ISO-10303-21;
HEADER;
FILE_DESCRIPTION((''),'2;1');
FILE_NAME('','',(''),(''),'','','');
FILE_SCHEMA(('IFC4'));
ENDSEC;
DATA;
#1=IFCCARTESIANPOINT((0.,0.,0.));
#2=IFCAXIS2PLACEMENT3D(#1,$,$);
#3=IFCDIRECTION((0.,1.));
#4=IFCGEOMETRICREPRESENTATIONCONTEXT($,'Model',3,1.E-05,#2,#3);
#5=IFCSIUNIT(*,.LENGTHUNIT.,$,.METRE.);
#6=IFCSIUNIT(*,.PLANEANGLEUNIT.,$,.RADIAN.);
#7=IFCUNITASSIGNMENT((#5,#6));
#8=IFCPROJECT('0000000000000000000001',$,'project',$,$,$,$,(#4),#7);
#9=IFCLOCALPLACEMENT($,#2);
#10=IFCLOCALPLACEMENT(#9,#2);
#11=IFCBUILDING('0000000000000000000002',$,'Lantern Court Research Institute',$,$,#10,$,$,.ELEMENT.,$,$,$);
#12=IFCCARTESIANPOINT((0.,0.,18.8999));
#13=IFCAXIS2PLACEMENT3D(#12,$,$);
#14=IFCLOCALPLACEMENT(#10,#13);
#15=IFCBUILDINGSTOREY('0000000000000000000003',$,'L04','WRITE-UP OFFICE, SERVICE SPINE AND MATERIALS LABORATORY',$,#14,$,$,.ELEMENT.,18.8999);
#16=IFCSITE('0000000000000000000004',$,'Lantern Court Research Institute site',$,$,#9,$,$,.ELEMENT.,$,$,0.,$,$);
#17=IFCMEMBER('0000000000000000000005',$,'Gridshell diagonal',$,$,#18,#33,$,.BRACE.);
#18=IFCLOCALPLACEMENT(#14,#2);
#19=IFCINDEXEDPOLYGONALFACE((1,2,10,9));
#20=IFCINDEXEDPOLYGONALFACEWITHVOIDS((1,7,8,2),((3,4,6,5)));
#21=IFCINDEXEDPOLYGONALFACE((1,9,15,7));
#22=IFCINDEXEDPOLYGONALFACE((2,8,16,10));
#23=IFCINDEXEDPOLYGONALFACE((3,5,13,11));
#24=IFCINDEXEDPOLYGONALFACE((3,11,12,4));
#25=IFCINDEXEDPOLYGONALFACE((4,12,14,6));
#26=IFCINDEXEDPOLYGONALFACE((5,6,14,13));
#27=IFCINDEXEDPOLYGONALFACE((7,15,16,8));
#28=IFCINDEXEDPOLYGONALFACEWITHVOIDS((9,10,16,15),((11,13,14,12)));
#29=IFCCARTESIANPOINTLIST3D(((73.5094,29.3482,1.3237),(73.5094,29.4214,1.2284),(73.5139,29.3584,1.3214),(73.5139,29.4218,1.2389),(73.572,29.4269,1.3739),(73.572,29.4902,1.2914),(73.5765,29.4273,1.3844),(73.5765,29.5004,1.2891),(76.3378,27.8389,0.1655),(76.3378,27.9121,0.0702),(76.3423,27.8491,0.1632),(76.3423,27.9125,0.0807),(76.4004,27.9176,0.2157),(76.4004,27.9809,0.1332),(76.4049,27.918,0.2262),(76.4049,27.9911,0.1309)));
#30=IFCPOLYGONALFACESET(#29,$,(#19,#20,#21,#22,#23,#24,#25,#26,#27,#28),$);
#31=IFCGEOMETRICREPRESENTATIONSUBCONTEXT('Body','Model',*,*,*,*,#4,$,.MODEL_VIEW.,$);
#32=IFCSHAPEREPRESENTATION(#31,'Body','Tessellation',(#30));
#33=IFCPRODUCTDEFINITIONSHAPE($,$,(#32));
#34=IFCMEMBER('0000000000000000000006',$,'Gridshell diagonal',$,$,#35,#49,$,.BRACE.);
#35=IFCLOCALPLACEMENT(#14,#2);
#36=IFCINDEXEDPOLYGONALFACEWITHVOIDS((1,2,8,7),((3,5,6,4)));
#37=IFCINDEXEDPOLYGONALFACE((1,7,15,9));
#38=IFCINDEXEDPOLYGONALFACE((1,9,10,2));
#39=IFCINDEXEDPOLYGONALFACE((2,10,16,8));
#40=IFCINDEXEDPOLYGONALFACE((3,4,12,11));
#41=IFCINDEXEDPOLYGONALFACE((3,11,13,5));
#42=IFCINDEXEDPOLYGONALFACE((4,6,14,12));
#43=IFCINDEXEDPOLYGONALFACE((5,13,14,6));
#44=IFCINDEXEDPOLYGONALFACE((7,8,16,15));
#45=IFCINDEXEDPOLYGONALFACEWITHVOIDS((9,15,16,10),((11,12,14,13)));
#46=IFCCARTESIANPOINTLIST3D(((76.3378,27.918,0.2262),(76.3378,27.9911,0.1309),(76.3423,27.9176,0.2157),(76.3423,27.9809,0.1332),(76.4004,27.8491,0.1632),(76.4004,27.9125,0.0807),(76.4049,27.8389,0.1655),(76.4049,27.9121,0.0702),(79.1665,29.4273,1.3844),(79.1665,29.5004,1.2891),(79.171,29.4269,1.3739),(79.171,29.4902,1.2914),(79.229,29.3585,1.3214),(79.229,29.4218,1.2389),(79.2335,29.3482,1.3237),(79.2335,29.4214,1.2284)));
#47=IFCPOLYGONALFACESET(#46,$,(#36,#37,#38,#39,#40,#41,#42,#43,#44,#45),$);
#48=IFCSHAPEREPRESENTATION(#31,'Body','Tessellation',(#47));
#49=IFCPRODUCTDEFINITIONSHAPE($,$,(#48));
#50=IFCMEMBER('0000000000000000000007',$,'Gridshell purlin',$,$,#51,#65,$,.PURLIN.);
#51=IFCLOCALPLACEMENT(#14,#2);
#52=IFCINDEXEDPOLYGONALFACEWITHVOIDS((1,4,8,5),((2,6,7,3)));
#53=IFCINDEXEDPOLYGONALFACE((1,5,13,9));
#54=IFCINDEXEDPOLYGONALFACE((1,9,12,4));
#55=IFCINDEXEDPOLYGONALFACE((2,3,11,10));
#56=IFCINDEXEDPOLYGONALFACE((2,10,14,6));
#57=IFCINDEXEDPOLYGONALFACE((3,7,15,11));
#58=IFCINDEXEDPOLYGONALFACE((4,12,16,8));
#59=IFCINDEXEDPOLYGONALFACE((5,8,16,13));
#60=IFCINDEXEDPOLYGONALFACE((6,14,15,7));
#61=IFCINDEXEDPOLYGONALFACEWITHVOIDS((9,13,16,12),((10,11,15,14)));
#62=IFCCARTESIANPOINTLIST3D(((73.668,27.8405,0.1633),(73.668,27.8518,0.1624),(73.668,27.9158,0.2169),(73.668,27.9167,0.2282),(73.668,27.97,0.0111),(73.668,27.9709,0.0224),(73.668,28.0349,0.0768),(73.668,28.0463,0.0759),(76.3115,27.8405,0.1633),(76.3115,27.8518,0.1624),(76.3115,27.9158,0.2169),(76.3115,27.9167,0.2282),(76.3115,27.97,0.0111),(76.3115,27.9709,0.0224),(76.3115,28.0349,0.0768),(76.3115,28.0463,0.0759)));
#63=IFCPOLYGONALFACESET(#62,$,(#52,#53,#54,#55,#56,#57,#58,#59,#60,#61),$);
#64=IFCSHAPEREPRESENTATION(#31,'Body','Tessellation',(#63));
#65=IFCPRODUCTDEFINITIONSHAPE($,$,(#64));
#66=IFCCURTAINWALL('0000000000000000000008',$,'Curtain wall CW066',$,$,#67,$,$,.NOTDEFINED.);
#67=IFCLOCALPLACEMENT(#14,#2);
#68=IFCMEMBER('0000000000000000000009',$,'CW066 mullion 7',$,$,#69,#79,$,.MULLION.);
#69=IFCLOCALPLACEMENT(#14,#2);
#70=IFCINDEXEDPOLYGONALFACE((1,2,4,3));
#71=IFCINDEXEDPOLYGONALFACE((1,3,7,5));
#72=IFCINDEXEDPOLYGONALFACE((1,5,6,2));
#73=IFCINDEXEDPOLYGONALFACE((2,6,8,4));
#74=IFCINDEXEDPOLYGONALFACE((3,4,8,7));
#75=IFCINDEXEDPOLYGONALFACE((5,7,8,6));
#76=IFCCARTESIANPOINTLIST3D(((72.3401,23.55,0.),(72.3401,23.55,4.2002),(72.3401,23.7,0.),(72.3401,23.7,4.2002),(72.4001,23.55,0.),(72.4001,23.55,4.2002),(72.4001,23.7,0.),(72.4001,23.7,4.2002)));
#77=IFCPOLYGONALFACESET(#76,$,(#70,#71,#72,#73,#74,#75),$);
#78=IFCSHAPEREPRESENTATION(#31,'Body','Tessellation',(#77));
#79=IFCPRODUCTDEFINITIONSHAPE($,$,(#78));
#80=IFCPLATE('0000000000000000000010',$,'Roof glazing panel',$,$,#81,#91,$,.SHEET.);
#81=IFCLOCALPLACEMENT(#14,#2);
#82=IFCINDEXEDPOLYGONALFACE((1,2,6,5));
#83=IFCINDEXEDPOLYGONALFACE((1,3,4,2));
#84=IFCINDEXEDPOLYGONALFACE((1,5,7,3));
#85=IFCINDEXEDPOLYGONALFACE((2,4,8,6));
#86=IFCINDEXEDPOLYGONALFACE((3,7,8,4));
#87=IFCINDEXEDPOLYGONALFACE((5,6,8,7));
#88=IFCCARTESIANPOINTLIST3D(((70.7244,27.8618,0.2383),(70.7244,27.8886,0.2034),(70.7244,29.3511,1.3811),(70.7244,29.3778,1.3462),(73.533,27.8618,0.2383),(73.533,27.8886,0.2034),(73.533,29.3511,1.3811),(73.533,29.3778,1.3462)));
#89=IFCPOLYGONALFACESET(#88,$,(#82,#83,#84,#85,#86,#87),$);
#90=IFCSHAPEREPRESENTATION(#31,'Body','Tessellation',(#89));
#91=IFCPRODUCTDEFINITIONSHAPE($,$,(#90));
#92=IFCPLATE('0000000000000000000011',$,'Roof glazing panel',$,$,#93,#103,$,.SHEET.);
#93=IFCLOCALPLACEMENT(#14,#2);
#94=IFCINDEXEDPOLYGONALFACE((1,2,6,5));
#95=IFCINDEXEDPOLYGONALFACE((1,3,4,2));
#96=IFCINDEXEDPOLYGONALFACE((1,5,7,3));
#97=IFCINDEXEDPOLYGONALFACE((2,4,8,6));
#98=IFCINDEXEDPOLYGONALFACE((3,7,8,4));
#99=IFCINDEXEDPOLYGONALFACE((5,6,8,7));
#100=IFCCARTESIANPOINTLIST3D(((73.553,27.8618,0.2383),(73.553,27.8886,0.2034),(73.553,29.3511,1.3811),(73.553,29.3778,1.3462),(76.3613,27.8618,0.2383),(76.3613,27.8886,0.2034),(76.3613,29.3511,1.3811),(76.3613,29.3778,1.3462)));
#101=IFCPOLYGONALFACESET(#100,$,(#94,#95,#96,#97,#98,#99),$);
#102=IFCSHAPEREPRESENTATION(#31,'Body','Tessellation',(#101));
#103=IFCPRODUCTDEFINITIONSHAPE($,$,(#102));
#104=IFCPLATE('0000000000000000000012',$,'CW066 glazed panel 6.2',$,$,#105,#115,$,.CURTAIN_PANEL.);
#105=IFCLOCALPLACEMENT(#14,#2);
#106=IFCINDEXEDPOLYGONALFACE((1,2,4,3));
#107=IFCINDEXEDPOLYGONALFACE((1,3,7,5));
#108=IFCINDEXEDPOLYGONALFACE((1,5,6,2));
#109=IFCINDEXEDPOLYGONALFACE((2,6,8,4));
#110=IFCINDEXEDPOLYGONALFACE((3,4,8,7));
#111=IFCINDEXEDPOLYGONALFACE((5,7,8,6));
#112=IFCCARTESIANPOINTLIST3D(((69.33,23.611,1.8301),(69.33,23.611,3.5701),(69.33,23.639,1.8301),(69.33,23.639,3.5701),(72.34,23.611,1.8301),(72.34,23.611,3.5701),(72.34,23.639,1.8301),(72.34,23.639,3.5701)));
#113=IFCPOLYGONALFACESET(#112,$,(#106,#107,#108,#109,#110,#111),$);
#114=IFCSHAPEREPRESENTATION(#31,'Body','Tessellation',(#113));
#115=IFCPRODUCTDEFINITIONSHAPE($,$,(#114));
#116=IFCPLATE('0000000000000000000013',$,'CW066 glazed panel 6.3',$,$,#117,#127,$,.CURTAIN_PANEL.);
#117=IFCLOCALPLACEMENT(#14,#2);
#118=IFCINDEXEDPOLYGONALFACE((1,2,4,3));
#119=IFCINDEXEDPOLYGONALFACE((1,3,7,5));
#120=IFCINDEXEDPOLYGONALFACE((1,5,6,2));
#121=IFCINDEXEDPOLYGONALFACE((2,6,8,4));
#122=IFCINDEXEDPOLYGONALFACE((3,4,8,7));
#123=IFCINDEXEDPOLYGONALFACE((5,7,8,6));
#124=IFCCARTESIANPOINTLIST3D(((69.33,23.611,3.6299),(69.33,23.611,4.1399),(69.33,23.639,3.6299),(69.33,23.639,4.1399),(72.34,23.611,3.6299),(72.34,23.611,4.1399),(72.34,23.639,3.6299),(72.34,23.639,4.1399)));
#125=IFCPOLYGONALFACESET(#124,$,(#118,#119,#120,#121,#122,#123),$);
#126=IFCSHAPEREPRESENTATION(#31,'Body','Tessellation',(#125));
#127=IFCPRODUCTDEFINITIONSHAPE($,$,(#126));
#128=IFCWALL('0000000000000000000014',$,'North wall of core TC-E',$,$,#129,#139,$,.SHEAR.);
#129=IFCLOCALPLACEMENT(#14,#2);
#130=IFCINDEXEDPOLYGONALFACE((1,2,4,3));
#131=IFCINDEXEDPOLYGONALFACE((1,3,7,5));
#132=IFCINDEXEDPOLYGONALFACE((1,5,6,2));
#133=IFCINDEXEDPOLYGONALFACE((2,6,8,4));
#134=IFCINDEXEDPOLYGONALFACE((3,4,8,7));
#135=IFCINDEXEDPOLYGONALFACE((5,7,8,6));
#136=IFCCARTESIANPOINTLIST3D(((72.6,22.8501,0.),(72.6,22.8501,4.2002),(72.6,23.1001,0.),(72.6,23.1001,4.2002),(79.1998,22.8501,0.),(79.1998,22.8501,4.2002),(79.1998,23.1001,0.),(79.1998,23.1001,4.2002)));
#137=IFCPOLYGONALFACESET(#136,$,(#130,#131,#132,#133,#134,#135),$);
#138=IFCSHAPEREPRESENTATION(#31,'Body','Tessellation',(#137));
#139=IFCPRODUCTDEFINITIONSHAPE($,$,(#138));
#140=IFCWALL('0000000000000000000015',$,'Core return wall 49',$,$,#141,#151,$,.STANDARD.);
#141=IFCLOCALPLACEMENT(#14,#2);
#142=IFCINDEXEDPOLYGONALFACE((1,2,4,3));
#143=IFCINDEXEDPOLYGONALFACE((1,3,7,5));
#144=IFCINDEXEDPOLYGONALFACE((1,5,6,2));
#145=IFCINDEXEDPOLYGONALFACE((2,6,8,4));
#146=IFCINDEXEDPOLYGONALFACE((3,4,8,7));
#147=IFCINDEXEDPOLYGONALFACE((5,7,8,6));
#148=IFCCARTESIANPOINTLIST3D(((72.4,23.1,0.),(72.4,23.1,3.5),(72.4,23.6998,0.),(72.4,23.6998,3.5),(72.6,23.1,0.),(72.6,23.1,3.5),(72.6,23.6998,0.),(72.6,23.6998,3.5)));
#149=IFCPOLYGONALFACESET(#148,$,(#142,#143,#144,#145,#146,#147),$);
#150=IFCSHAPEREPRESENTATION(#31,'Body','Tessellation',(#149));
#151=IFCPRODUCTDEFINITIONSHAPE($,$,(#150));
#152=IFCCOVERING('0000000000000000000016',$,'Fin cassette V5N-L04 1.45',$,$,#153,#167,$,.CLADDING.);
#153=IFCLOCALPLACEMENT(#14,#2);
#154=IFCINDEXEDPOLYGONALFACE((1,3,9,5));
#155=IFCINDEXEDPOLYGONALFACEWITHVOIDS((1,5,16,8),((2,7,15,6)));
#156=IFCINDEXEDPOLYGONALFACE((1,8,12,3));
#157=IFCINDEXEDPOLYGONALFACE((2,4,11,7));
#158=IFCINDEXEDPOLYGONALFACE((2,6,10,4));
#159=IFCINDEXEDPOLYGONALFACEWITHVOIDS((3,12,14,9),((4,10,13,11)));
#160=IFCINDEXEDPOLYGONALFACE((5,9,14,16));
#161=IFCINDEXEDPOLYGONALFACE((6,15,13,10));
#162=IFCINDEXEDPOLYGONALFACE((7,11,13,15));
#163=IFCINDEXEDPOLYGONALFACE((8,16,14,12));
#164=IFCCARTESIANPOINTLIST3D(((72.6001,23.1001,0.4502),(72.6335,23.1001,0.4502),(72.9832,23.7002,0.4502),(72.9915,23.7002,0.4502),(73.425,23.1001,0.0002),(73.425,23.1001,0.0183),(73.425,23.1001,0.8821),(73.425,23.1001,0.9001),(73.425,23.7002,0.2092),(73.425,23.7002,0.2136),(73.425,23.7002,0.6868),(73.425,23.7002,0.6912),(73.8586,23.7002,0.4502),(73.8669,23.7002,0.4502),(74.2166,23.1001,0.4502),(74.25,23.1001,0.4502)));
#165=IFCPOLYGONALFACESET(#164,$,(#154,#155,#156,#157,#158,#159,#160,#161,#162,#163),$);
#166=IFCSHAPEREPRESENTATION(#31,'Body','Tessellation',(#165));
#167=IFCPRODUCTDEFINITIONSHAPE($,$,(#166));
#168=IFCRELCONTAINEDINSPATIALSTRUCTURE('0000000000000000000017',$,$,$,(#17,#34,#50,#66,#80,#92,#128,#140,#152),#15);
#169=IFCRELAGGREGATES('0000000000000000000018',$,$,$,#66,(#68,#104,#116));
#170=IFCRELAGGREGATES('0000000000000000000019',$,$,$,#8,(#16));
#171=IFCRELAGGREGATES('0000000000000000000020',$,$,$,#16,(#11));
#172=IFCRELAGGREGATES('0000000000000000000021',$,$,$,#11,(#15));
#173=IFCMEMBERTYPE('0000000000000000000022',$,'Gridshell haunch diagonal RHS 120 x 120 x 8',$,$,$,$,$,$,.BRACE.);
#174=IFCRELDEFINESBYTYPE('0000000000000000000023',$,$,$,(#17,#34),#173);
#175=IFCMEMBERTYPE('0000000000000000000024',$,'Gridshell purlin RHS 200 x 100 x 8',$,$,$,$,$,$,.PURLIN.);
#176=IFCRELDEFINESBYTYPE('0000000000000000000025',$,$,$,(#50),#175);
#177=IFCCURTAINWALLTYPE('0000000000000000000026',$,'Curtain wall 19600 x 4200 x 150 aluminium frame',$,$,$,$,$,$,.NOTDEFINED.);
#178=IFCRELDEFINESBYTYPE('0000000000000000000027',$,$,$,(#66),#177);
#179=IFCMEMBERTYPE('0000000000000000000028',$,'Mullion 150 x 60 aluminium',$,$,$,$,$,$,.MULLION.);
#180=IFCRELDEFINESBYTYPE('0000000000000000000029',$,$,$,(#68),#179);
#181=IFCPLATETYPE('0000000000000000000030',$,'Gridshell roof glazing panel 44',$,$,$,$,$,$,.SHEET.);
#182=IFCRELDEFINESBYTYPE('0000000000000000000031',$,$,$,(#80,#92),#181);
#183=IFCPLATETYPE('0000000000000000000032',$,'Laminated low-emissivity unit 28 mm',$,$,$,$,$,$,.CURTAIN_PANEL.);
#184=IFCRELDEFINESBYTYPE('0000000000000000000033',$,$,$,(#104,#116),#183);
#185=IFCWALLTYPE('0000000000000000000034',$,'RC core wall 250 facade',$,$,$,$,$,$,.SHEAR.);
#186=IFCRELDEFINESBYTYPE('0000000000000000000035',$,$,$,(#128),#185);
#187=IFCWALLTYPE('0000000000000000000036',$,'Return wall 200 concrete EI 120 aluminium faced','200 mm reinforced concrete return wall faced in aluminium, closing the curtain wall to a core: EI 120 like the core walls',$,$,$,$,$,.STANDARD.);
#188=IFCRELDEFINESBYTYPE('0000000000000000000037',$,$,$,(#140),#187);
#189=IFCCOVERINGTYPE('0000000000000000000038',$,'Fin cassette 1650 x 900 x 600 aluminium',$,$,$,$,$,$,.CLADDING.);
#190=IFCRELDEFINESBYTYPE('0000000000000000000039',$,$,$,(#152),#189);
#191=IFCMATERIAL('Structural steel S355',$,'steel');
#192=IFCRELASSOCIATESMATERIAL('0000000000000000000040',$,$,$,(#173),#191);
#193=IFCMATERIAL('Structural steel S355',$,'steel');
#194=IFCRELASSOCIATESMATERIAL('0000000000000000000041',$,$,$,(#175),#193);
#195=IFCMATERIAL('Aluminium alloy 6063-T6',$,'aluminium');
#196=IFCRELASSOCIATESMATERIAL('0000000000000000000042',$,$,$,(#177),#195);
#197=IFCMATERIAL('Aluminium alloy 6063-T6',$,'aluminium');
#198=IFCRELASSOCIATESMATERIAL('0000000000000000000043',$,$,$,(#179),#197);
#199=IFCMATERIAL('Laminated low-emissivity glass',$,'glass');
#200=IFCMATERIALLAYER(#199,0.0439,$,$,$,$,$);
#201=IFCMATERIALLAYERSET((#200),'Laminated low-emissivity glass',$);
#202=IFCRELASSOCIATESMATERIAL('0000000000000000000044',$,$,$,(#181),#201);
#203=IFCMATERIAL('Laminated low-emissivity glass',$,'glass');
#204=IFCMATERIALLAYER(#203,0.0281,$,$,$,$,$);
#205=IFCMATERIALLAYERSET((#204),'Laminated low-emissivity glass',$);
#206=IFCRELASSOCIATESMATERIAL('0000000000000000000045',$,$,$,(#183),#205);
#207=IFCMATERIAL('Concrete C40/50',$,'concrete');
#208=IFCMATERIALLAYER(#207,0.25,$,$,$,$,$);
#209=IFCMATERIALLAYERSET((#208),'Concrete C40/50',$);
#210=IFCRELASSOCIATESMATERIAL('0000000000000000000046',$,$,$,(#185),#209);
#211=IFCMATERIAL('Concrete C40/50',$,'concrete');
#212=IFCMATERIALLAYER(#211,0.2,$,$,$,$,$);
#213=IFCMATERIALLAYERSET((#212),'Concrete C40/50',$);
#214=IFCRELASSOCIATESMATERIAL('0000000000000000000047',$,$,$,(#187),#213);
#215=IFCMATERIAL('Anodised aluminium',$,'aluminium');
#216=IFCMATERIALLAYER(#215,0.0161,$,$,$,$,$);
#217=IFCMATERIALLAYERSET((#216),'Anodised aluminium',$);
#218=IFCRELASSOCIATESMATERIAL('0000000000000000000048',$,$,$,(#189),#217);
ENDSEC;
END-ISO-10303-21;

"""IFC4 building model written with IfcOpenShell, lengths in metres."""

from ifc_helpers import new_model, entity, si_unit, direction, frame, frame_2d, origin, origin_2d, place, context, subcontext, project, spatial, polyline, rectangle, hollow_rectangle, outline, extrude, material, layer, layer_set, material_profile, profile_set, type_object, element, aggregate, save


model = new_model("IFC4")

# Units and contexts
model_context = context("Model", 3, precision=1e-05, world=origin(), true_north=direction((0.0, 1.0)))
body_context = subcontext(model_context, "Body", "Model", "MODEL_VIEW")
ifc_project = project(units=[si_unit("LENGTHUNIT", "METRE"), si_unit("PLANEANGLEUNIT", "RADIAN")], contexts=[model_context])

# Site, building, storey
site_placement = place(None, origin())
site = spatial("IfcSite", under=ifc_project, at=site_placement, Name="Lantern Court Research Institute site", CompositionType="ELEMENT", RefElevation=0.0)
building_placement = place(site_placement, origin())
building = spatial("IfcBuilding", under=site, at=building_placement, Name="Lantern Court Research Institute", CompositionType="ELEMENT")
storey_placement = place(building_placement, frame((0.0, 0.0, 18.8999)))
storey = spatial("IfcBuildingStorey", under=building, at=storey_placement, Name="L04", Description="WRITE-UP OFFICE, SERVICE SPINE AND MATERIALS LABORATORY", CompositionType="ELEMENT", Elevation=18.8999)

# Members
ifc_material_1 = material(Name="Structural steel S355", Category="steel")
ifc_material_profile_1 = material_profile(ifc_material_1, hollow_rectangle(XDim=0.1201, YDim=0.1201, WallThickness=0.0081, at=origin_2d()), Name="Gridshell haunch diagonal RHS 120 x 120 x 8")
ifc_profile_set_1 = profile_set([ifc_material_profile_1], Name="Structural steel S355")
member_type_1 = type_object("IfcMemberType", Name="Gridshell haunch diagonal RHS 120 x 120 x 8", PredefinedType="BRACE", material=ifc_profile_set_1)
member_1_placement = place(storey_placement, frame((76.3713, 27.915, 0.1482), z_axis=(-0.829758, 0.442776, 0.339782), x_axis=(-0.558124, -0.658254, -0.505172)))
element("IfcMember", 1, at=member_1_placement, inside=storey, type_object=member_type_1, Name="Gridshell diagonal", PredefinedType="BRACE", context=body_context, shape_type="SweptSolid", body=[
    extrude(hollow_rectangle(XDim=0.1201, YDim=0.1201, WallThickness=0.0081, at=origin_2d()), origin(), (0.0, 0.0, 1.0), 3.4087),
])
member_2_placement = place(storey_placement, frame((76.3713, 27.915, 0.1482), z_axis=(0.82978, 0.44275, 0.339761), x_axis=(-0.558091, 0.65828, 0.505176)))
element("IfcMember", 2, at=member_2_placement, inside=storey, type_object=member_type_1, Name="Gridshell diagonal", PredefinedType="BRACE", context=body_context, shape_type="SweptSolid", body=[
    extrude(hollow_rectangle(XDim=0.1201, YDim=0.1201, WallThickness=0.0081, at=origin_2d()), origin(), (0.0, 0.0, 1.0), 3.4089),
])
ifc_material_2 = material(Name="Structural steel S355", Category="steel")
ifc_material_profile_2 = material_profile(ifc_material_2, hollow_rectangle(XDim=0.1001, YDim=0.2, WallThickness=0.0081, at=origin_2d()), Name="Gridshell purlin RHS 200 x 100 x 8")
ifc_profile_set_2 = profile_set([ifc_material_profile_2], Name="Structural steel S355")
member_type_2 = type_object("IfcMemberType", Name="Gridshell purlin RHS 200 x 100 x 8", PredefinedType="PURLIN", material=ifc_profile_set_2)
member_3_placement = place(storey_placement, frame((73.668, 27.9434, 0.1196), z_axis=(1.0, 0.0, 0.0), x_axis=(0.0, 0.761673, 0.647962)))
element("IfcMember", 3, at=member_3_placement, inside=storey, type_object=member_type_2, Name="Gridshell purlin", PredefinedType="PURLIN", context=body_context, shape_type="SweptSolid", body=[
    extrude(hollow_rectangle(XDim=0.1001, YDim=0.2, WallThickness=0.0081, at=origin_2d()), origin(), (0.0, 0.0, 1.0), 2.6436),
])

# Curtain wall, member
ifc_material_3 = material(Name="Aluminium alloy 6063-T6", Category="aluminium")
curtain_wall_type = type_object("IfcCurtainWallType", Name="Curtain wall 19600 x 4200 x 150 aluminium frame", PredefinedType="NOTDEFINED", material=ifc_material_3)
curtain_wall_placement = place(storey_placement, origin())
curtain_wall = element("IfcCurtainWall", 4, at=curtain_wall_placement, inside=storey, type_object=curtain_wall_type, Name="Curtain wall CW066", PredefinedType="NOTDEFINED")
ifc_material_4 = material(Name="Aluminium alloy 6063-T6", Category="aluminium")
ifc_material_profile_3 = material_profile(ifc_material_4, rectangle(XDim=0.1499, YDim=0.0601, at=origin_2d()), Name="Mullion 150 x 60")
ifc_profile_set_3 = profile_set([ifc_material_profile_3], Name="Aluminium alloy 6063-T6")
member_type_3 = type_object("IfcMemberType", Name="Mullion 150 x 60 aluminium", PredefinedType="MULLION", material=ifc_profile_set_3)
member_4_placement = place(storey_placement, frame((72.3701, 23.625, 0.0), z_axis=(0.0, 0.0, 1.0), x_axis=(0.0, 1.0, 0.0)))
member_4 = element("IfcMember", 5, at=member_4_placement, type_object=member_type_3, Name="CW066 mullion 7", PredefinedType="MULLION", context=body_context, shape_type="SweptSolid", body=[
    extrude(rectangle(XDim=0.1499, YDim=0.0601, at=origin_2d()), origin(), (0.0, 0.0, 1.0), 4.2002),
])

# Plates
ifc_material_5 = material(Name="Laminated low-emissivity glass", Category="glass")
ifc_layer_1 = layer(ifc_material_5, 0.0439)
ifc_layer_set_1 = layer_set([ifc_layer_1], Name="Laminated low-emissivity glass")
plate_type_1 = type_object("IfcPlateType", Name="Gridshell roof glazing panel 44", PredefinedType="SHEET", material=ifc_layer_set_1)
plate_1_placement = place(storey_placement, frame((73.533, 27.8618, 0.2383), z_axis=(0.0, -0.608786, 0.793334), x_axis=(-1.0, 0.0, 0.0)))
element("IfcPlate", 6, at=plate_1_placement, inside=storey, type_object=plate_type_1, Name="Roof glazing panel", PredefinedType="SHEET", context=body_context, shape_type="SweptSolid", body=[
    extrude(outline(polyline([(0.0, 0.0), (2.8086, 0.0), (2.8086, -1.8772), (0.0, -1.8772), (0.0, 0.0)])), origin(), (0.0, 0.0, -1.0), 0.0439),
])
plate_2_placement = place(storey_placement, frame((76.3613, 27.8618, 0.2383), z_axis=(0.0, -0.608786, 0.793334), x_axis=(-1.0, 0.0, 0.0)))
element("IfcPlate", 7, at=plate_2_placement, inside=storey, type_object=plate_type_1, Name="Roof glazing panel", PredefinedType="SHEET", context=body_context, shape_type="SweptSolid", body=[
    extrude(outline(polyline([(0.0, 0.0), (2.8083, 0.0), (2.8083, -1.8772), (0.0, -1.8772), (0.0, 0.0)])), origin(), (0.0, 0.0, -1.0), 0.0439),
])

# Plates
ifc_material_6 = material(Name="Laminated low-emissivity glass", Category="glass")
ifc_layer_2 = layer(ifc_material_6, 0.0281)
ifc_layer_set_2 = layer_set([ifc_layer_2], Name="Laminated low-emissivity glass")
plate_type_2 = type_object("IfcPlateType", Name="Laminated low-emissivity unit 28 mm", PredefinedType="CURTAIN_PANEL", material=ifc_layer_set_2)
plate_3_placement = place(storey_placement, frame((70.835, 23.625, 1.8301), z_axis=(0.0, 0.0, 1.0), x_axis=(1.0, 0.0, 0.0)))
plate_3 = element("IfcPlate", 8, at=plate_3_placement, type_object=plate_type_2, Name="CW066 glazed panel 6.2", PredefinedType="CURTAIN_PANEL", context=body_context, shape_type="SweptSolid", body=[
    extrude(rectangle(XDim=3.01, YDim=0.0281, at=origin_2d()), origin(), (0.0, 0.0, 1.0), 1.74),
])
plate_4_placement = place(storey_placement, frame((70.835, 23.625, 3.6299), z_axis=(0.0, 0.0, 1.0), x_axis=(1.0, 0.0, 0.0)))
plate_4 = element("IfcPlate", 9, at=plate_4_placement, type_object=plate_type_2, Name="CW066 glazed panel 6.3", PredefinedType="CURTAIN_PANEL", context=body_context, shape_type="SweptSolid", body=[
    extrude(rectangle(XDim=3.01, YDim=0.0281, at=origin_2d()), origin(), (0.0, 0.0, 1.0), 0.51),
])
aggregate(curtain_wall, [member_4, plate_3, plate_4])

# Walls
ifc_material_7 = material(Name="Concrete C40/50", Category="concrete")
ifc_layer_3 = layer(ifc_material_7, 0.25)
ifc_layer_set_3 = layer_set([ifc_layer_3], Name="Concrete C40/50")
wall_type_1 = type_object("IfcWallType", Name="RC core wall 250 facade", PredefinedType="SHEAR", material=ifc_layer_set_3)
wall_1_placement = place(storey_placement, frame((72.6001, 22.9751, 0.0), z_axis=(0.0, 0.0, 1.0), x_axis=(1.0, 0.0, 0.0)))
element("IfcWall", 10, at=wall_1_placement, inside=storey, type_object=wall_type_1, Name="North wall of core TC-E", PredefinedType="SHEAR", context=body_context, shape_type="SweptSolid", body=[
    extrude(rectangle(XDim=6.5999, YDim=0.25, at=frame_2d((3.2998, 0.0))), origin(), (0.0, 0.0, 1.0), 4.2002),
])
ifc_material_8 = material(Name="Concrete C40/50", Category="concrete")
ifc_layer_4 = layer(ifc_material_8, 0.2)
ifc_layer_set_4 = layer_set([ifc_layer_4], Name="Concrete C40/50")
wall_type_2 = type_object("IfcWallType", Name="Return wall 200 concrete EI 120 aluminium faced", Description="200 mm reinforced concrete return wall faced in aluminium, closing the curtain wall to a core: EI 120 like the core walls", PredefinedType="STANDARD", material=ifc_layer_set_4)
wall_2_placement = place(storey_placement, frame((72.5, 23.1001, 0.0), z_axis=(0.0, 0.0, 1.0), x_axis=(0.0, 1.0, 0.0)))
element("IfcWall", 11, at=wall_2_placement, inside=storey, type_object=wall_type_2, Name="Core return wall 49", PredefinedType="STANDARD", context=body_context, shape_type="SweptSolid", body=[
    extrude(rectangle(XDim=0.5999, YDim=0.2, at=frame_2d((0.2998, 0.0))), origin(), (0.0, 0.0, 1.0), 3.5),
])

# Covering
ifc_material_9 = material(Name="Anodised aluminium", Category="aluminium")
ifc_layer_5 = layer(ifc_material_9, 0.0161)
ifc_layer_set_5 = layer_set([ifc_layer_5], Name="Anodised aluminium")
covering_type_1 = type_object("IfcCoveringType", Name="Fin cassette 1650 x 900 x 600 aluminium", PredefinedType="CLADDING", material=ifc_layer_set_5)
covering_1_placement = place(storey_placement, frame((73.425, 23.1001, 0.4502), z_axis=(0.0, 1.0, 0.0), x_axis=(-1.0, 0.0, 0.0)))
cartesian_point_1 = entity("IfcCartesianPoint", [0.825, 0.0])
cartesian_point_2 = entity("IfcCartesianPoint", [0.7915, 0.0])
cartesian_point_3 = entity("IfcCartesianPoint", [0.4419, 0.0])
cartesian_point_4 = entity("IfcCartesianPoint", [0.4336, 0.0])
element("IfcCovering", 12, at=covering_1_placement, inside=storey, type_object=covering_type_1, Name="Fin cassette V5N-L04 1.45", PredefinedType="CLADDING", context=body_context, shape_type="SweptSolid", body=[
    entity("IfcExtrudedAreaSolidTapered", entity("IfcArbitraryProfileDefWithVoids", "AREA", None, entity("IfcPolyline", [cartesian_point_1, entity("IfcCartesianPoint", [0.0, 0.45]), entity("IfcCartesianPoint", [-0.825, 0.0]), entity("IfcCartesianPoint", [0.0, -0.45]), cartesian_point_1]), [entity("IfcPolyline", [cartesian_point_2, entity("IfcCartesianPoint", [0.0, 0.4319]), entity("IfcCartesianPoint", [-0.7915, 0.0]), entity("IfcCartesianPoint", [0.0, -0.4319]), cartesian_point_2])]), entity("IfcAxis2Placement3D", entity("IfcCartesianPoint", [0.0, 0.0, 0.0])), entity("IfcDirection", [0.0, 0.0, 1.0]), 0.6001, entity("IfcArbitraryProfileDefWithVoids", "AREA", None, entity("IfcPolyline", [cartesian_point_3, entity("IfcCartesianPoint", [0.0, 0.241]), entity("IfcCartesianPoint", [-0.4419, 0.0]), entity("IfcCartesianPoint", [0.0, -0.241]), cartesian_point_3]), [entity("IfcPolyline", [cartesian_point_4, entity("IfcCartesianPoint", [0.0, 0.2366]), entity("IfcCartesianPoint", [-0.4336, 0.0]), entity("IfcCartesianPoint", [0.0, -0.2366]), cartesian_point_4])])),
])

save(model, "model.ifc")
